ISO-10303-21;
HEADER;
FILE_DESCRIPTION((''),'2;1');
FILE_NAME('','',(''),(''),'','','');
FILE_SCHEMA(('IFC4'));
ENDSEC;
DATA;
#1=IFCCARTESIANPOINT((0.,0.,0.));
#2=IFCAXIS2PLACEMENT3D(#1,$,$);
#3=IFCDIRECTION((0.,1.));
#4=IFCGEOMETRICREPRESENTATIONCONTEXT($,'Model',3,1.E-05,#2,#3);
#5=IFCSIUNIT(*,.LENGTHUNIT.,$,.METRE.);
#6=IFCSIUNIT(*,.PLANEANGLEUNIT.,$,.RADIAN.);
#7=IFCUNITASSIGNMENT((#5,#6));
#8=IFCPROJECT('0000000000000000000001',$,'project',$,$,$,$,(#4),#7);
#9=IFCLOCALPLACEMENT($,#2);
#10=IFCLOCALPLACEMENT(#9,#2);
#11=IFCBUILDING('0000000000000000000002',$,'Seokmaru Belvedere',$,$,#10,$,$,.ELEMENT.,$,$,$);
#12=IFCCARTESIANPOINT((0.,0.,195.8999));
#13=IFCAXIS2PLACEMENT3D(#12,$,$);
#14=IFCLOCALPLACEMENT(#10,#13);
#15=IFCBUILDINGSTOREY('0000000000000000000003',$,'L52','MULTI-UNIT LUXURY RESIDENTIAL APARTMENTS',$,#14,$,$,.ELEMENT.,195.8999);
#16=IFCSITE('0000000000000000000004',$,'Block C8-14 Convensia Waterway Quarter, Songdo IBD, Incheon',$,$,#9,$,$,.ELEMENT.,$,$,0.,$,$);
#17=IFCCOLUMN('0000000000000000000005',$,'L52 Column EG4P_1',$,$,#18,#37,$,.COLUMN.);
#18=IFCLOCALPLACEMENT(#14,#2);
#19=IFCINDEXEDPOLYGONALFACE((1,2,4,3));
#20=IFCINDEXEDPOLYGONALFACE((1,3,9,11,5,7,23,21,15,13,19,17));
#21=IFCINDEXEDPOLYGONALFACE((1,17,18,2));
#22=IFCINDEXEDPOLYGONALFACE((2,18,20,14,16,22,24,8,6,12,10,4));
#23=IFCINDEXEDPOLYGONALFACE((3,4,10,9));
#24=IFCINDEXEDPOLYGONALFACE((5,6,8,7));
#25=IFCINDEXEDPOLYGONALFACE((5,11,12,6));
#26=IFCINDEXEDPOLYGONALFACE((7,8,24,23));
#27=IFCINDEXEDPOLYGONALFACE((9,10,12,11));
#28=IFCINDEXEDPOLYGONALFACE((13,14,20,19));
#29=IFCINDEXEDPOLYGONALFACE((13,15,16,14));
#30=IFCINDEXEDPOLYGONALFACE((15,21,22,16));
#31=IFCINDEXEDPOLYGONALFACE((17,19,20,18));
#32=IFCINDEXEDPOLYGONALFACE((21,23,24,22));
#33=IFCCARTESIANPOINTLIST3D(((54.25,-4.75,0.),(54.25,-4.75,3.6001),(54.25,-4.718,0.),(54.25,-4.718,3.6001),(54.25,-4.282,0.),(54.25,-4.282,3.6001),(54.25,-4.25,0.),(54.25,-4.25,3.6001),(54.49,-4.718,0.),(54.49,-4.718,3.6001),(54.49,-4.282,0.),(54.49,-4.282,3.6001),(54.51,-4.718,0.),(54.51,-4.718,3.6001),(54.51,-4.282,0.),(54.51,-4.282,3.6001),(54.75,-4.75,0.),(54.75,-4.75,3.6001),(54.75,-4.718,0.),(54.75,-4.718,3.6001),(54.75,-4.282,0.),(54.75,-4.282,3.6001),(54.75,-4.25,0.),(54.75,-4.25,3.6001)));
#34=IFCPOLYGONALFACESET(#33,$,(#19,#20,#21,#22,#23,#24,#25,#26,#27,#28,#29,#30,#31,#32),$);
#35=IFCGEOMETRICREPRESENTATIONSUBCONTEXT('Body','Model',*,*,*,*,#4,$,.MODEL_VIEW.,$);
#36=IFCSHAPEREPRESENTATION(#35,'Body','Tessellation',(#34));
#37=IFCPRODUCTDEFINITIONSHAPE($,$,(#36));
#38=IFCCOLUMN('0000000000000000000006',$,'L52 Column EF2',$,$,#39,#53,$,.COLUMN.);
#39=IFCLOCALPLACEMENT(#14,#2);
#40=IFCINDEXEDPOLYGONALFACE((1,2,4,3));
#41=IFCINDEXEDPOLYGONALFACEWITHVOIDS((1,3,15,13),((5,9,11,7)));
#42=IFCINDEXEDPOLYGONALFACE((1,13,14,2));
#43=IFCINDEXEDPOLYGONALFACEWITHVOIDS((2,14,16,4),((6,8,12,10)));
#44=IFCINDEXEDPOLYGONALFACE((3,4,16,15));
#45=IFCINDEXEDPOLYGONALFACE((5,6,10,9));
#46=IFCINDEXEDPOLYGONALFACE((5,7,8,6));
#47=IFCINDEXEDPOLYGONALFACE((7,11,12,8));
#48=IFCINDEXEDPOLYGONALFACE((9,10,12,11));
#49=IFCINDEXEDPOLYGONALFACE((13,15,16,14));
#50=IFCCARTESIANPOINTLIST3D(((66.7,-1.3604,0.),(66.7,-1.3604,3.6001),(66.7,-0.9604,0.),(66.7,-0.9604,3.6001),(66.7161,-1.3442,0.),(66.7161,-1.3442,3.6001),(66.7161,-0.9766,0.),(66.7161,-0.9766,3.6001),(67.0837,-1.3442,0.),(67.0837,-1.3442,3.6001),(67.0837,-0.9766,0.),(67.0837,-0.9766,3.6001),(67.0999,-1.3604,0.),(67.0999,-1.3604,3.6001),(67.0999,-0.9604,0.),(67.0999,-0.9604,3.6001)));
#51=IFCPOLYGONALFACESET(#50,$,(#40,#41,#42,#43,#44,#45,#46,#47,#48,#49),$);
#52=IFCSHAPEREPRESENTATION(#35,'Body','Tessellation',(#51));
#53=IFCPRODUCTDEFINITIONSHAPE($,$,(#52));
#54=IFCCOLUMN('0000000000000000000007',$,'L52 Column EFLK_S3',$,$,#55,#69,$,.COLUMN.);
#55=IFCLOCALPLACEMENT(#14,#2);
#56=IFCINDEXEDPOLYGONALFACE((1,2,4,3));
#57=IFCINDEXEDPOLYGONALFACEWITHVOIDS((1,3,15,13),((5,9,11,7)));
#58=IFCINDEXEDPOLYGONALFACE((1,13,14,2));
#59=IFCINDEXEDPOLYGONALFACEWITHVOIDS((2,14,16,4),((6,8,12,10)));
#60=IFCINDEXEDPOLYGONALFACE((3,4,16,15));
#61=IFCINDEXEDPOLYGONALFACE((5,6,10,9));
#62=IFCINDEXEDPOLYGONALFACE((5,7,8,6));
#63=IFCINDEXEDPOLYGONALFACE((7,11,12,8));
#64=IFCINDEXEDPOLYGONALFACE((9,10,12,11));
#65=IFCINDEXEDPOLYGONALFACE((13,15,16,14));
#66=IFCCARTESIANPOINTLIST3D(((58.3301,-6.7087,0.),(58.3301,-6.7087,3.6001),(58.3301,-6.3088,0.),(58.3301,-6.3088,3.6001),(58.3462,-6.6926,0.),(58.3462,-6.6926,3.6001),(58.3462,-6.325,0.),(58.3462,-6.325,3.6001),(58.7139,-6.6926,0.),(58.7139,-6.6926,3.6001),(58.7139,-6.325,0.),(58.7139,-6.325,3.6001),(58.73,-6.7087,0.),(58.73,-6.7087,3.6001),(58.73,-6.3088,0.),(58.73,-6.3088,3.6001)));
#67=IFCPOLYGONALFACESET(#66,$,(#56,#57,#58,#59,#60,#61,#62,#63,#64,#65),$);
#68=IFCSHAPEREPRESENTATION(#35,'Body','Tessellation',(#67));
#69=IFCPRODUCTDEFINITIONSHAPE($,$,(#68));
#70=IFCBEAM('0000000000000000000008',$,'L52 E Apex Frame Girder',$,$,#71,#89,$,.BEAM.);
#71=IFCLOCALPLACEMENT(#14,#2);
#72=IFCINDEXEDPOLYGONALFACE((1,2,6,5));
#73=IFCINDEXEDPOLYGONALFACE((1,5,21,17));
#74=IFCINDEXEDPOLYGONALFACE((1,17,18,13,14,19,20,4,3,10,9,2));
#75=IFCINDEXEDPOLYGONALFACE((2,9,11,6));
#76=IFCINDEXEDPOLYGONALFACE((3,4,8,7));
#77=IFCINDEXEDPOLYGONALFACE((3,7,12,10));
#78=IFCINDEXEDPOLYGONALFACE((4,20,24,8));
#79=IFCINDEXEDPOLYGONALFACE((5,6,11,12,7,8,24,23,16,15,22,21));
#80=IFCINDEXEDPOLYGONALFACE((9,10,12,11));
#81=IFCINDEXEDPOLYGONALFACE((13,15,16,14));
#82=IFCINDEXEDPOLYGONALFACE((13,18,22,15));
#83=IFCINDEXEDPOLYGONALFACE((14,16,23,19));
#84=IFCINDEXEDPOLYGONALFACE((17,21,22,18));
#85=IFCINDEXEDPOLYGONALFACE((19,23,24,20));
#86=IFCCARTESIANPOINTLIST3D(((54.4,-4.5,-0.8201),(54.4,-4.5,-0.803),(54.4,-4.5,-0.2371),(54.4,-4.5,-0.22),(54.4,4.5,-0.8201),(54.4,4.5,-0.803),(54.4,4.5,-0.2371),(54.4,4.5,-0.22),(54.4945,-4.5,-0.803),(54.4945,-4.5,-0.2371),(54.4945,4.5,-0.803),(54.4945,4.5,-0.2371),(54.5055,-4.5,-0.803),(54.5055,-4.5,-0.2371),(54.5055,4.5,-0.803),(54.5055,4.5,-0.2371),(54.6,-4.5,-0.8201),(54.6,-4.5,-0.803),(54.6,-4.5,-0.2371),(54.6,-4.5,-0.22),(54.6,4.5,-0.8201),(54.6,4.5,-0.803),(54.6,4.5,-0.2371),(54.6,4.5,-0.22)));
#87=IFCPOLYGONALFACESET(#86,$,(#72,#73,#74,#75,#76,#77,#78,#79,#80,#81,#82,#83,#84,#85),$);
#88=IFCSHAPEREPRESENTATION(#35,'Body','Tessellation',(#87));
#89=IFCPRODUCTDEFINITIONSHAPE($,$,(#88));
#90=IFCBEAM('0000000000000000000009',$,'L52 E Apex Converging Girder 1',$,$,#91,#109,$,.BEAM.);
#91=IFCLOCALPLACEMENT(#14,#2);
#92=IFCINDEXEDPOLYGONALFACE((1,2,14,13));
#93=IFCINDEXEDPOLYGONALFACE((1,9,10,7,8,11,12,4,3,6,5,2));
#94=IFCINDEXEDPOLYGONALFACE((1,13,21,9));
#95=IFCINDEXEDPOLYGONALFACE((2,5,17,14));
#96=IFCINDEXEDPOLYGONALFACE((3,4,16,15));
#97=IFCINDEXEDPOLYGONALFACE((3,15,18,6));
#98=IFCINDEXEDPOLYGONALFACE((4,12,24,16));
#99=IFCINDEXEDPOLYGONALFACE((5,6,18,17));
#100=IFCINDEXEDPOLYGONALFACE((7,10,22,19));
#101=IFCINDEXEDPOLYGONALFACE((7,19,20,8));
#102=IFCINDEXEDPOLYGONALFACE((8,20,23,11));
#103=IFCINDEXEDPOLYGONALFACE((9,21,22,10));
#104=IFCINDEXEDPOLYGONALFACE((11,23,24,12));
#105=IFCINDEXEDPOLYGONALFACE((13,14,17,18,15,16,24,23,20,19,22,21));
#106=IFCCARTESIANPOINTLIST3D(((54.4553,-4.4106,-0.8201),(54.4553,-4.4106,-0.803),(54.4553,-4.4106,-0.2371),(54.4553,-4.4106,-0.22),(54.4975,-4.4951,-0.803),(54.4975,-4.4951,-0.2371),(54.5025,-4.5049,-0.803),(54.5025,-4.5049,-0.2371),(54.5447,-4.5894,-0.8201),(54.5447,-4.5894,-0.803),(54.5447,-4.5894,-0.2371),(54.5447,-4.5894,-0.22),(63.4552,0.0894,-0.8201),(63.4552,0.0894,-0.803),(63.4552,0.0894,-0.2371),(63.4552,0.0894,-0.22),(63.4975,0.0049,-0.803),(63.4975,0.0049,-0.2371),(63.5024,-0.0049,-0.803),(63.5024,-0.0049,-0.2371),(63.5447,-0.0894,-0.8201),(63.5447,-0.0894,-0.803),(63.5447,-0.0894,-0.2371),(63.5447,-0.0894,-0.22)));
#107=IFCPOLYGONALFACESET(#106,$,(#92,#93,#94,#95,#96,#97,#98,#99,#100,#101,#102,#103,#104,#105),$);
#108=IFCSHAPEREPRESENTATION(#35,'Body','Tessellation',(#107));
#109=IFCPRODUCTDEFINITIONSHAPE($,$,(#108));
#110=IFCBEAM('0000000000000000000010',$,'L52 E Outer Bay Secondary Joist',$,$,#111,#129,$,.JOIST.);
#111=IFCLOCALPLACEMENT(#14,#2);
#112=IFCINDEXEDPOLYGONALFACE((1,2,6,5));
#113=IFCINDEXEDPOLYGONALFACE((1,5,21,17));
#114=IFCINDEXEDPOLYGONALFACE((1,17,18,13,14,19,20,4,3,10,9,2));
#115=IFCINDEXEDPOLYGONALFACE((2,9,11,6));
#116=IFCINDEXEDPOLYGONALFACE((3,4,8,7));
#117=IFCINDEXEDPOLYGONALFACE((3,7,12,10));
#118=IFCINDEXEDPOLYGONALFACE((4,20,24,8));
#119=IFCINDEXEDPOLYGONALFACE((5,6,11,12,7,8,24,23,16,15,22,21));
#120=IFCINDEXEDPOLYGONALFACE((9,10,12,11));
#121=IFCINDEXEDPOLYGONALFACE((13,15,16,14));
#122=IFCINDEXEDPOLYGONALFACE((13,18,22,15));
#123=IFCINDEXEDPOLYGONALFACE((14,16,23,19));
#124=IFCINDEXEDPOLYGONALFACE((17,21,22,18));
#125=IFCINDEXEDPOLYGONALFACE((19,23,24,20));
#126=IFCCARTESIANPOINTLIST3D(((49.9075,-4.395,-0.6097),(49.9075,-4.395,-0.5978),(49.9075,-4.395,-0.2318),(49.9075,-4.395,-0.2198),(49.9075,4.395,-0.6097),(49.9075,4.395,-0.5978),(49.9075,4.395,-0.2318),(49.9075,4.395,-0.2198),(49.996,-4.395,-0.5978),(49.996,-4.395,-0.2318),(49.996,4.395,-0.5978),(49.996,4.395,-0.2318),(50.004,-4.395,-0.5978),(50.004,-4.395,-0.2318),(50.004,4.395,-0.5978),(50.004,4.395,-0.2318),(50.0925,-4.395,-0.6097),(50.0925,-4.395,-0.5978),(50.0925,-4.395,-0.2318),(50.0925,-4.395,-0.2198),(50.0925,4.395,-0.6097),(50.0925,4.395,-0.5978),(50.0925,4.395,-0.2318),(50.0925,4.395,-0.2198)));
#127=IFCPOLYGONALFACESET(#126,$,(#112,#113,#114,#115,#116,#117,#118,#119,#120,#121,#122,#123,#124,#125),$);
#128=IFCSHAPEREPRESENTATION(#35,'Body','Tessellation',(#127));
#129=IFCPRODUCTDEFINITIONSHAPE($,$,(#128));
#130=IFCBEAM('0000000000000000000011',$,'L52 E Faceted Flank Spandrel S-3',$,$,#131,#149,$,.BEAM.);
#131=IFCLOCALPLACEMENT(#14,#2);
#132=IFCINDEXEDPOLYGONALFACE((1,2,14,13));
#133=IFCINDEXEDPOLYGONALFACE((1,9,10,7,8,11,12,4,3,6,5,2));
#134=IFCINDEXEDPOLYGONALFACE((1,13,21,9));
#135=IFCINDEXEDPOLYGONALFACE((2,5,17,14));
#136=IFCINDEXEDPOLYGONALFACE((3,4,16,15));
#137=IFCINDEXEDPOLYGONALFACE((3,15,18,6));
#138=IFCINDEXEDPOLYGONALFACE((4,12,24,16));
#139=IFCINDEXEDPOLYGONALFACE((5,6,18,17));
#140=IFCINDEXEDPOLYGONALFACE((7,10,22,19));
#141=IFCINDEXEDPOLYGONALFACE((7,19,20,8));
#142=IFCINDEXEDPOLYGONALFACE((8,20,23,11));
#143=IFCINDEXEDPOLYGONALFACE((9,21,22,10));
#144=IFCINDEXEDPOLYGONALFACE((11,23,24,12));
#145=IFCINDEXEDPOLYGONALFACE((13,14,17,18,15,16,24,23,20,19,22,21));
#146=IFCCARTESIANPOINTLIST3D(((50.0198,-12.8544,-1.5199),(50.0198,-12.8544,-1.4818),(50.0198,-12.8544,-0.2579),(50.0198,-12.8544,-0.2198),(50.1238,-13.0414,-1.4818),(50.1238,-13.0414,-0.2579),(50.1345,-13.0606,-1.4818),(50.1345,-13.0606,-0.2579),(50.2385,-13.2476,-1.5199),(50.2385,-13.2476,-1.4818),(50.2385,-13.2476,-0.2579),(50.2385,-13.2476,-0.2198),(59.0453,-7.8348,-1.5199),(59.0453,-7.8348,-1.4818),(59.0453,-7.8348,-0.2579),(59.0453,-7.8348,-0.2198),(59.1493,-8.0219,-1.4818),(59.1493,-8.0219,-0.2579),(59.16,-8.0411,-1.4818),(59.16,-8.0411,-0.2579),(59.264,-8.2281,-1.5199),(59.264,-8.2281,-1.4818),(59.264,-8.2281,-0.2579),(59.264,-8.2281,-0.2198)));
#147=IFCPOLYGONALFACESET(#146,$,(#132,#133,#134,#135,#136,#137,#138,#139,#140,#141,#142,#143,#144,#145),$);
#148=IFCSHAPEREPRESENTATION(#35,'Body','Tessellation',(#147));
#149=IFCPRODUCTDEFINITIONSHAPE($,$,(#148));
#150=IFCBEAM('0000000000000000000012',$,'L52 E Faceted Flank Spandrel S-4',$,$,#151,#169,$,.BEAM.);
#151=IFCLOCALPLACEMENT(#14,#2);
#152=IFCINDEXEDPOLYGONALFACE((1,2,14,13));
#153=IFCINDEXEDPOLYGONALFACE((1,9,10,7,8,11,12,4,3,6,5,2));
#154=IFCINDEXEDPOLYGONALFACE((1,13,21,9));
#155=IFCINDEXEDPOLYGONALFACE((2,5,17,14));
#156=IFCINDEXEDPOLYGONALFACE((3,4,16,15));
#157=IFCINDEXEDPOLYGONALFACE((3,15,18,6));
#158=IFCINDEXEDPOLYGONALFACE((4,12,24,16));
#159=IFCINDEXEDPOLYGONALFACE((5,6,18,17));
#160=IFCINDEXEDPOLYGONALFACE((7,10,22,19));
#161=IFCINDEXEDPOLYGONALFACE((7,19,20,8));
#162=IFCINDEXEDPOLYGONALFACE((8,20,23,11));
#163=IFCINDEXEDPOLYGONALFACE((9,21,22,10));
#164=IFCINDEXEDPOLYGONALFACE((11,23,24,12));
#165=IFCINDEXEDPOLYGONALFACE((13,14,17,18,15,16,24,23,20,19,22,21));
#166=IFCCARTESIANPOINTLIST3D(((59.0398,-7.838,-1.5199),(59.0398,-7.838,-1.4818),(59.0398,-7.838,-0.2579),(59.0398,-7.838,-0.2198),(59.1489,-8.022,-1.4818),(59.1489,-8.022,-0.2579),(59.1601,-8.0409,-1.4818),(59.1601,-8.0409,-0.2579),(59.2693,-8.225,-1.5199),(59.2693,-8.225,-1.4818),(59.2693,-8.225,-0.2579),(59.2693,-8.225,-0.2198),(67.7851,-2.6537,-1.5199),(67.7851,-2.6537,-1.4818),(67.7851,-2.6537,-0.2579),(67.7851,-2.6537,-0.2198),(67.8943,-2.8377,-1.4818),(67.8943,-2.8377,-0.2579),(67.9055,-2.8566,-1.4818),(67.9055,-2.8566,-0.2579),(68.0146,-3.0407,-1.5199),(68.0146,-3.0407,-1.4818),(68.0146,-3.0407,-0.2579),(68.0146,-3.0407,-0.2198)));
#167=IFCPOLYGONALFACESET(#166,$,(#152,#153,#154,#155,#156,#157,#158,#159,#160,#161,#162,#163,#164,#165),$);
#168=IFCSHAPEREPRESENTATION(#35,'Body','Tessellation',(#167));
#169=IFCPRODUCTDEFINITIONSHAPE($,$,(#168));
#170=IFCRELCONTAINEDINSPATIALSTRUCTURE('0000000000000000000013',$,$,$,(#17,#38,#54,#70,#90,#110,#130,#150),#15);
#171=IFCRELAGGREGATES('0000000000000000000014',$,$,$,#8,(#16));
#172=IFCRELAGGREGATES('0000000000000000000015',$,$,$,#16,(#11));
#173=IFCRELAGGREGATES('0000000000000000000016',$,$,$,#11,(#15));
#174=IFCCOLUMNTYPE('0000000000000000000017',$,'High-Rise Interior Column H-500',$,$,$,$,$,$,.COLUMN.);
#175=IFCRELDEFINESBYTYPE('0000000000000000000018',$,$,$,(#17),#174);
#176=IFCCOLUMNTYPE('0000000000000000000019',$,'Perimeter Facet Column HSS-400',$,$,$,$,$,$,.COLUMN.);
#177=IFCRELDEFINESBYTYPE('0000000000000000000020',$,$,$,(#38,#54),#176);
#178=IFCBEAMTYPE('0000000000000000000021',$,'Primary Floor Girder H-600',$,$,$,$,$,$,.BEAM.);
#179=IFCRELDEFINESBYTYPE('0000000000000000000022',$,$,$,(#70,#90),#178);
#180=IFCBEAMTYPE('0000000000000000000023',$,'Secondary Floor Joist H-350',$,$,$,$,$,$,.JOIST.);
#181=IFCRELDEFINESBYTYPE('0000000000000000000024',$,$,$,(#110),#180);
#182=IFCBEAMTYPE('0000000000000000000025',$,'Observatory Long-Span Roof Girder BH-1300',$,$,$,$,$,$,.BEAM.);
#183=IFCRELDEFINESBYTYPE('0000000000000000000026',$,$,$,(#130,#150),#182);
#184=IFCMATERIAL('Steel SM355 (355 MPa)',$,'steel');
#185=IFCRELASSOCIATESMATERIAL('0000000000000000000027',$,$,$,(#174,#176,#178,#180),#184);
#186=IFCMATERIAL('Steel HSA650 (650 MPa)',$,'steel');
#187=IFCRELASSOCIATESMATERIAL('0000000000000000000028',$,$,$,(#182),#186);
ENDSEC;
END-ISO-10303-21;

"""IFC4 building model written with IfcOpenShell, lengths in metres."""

from ifc_helpers import new_model, si_unit, direction, frame, origin, origin_2d, place, context, subcontext, project, spatial, hollow_rectangle, i_section, extrude, source, transform, mapped, material, material_profile, profile_set, type_object, type_shapes, element, save


model = new_model("IFC4")

# Units and contexts
model_context = context("Model", 3, precision=1e-05, world=origin(), true_north=direction((0.0, 1.0)))
body_context = subcontext(model_context, "Body", "Model", "MODEL_VIEW")
ifc_project = project(units=[si_unit("LENGTHUNIT", "METRE"), si_unit("PLANEANGLEUNIT", "RADIAN")], contexts=[model_context])

# Site, building, storey
site_placement = place(None, origin())
site = spatial("IfcSite", under=ifc_project, at=site_placement, Name="Block C8-14 Convensia Waterway Quarter, Songdo IBD, Incheon", CompositionType="ELEMENT", RefElevation=0.0)
building_placement = place(site_placement, origin())
building = spatial("IfcBuilding", under=site, at=building_placement, Name="Seokmaru Belvedere", CompositionType="ELEMENT")
storey_placement = place(building_placement, frame((0.0, 0.0, 195.8999)))
storey = spatial("IfcBuildingStorey", under=building, at=storey_placement, Name="L52", Description="MULTI-UNIT LUXURY RESIDENTIAL APARTMENTS", CompositionType="ELEMENT", Elevation=195.8999)

# Columns
ifc_material_1 = material(Name="Steel SM355 (355 MPa)", Category="steel")
ifc_material_profile_1 = material_profile(ifc_material_1, i_section(OverallWidth=0.5, OverallDepth=0.5, WebThickness=0.02, FlangeThickness=0.032, at=origin_2d()), Name="H-500x500x20x32")
ifc_profile_set_1 = profile_set([ifc_material_profile_1], Name="Steel SM355 (355 MPa)")
column_type_1 = type_object("IfcColumnType", Name="High-Rise Interior Column H-500", PredefinedType="COLUMN", material=ifc_profile_set_1)
shared_shape_1 = source(origin(), body_context, "Body", "SweptSolid", [
    extrude(i_section(OverallWidth=0.5, OverallDepth=0.5, WebThickness=0.02, FlangeThickness=0.032, at=origin_2d()), origin(), (0.0, 0.0, 1.0), 3.6001),
])
type_shapes(column_type_1, [shared_shape_1])
column_placement = place(storey_placement, frame((54.5, -4.5, 0.0), z_axis=(0.0, 0.0, 1.0), x_axis=(1.0, 0.0, 0.0)))
element("IfcColumn", 1, at=column_placement, inside=storey, type_object=column_type_1, Name="L52 Column EG4P_1", PredefinedType="COLUMN", context=body_context, shape_type="MappedRepresentation", body=[
    mapped(shared_shape_1, transform((0.0, 0.0, 0.0), scale=1.0)),
])
ifc_material_profile_2 = material_profile(ifc_material_1, hollow_rectangle(XDim=0.3999, YDim=0.3999, WallThickness=0.0161, at=origin_2d()), Name="HSS-400x400x16")
ifc_profile_set_2 = profile_set([ifc_material_profile_2], Name="Steel SM355 (355 MPa)")
column_type_2 = type_object("IfcColumnType", Name="Perimeter Facet Column HSS-400", PredefinedType="COLUMN", material=ifc_profile_set_2)
shared_shape_2 = source(origin(), body_context, "Body", "SweptSolid", [
    extrude(hollow_rectangle(XDim=0.3999, YDim=0.3999, WallThickness=0.0161, at=origin_2d()), origin(), (0.0, 0.0, 1.0), 3.6001),
])
type_shapes(column_type_2, [shared_shape_2])
for number, where, z_axis, x_axis, name in (
    (2, (66.8999, -1.1604, 0.0), (0.0, 0.0, 1.0), (1.0, 0.0, 0.0), "L52 Column EF2"),
    (3, (58.53, -6.5088, 0.0), (0.0, 0.0, 1.0), (1.0, 0.0, 0.0), "L52 Column EFLK_S3"),
):
    element("IfcColumn", number, at=place(storey_placement, frame(where, z_axis=z_axis, x_axis=x_axis)), inside=storey, type_object=column_type_2, Name=name, PredefinedType="COLUMN", context=body_context, shape_type="MappedRepresentation", body=[
        mapped(shared_shape_2, transform((0.0, 0.0, 0.0), scale=1.0)),
    ])

# Beams
ifc_material_profile_3 = material_profile(ifc_material_1, i_section(OverallWidth=0.2, OverallDepth=0.6001, WebThickness=0.011, FlangeThickness=0.0171, at=origin_2d()), Name="H-600x200x11x17")
ifc_profile_set_3 = profile_set([ifc_material_profile_3], Name="Steel SM355 (355 MPa)")
beam_type_1 = type_object("IfcBeamType", Name="Primary Floor Girder H-600", PredefinedType="BEAM", material=ifc_profile_set_3)
shared_shape_3 = source(origin(), body_context, "Body", "SweptSolid", [
    extrude(i_section(OverallWidth=0.2, OverallDepth=0.6001, WebThickness=0.011, FlangeThickness=0.0171, at=origin_2d()), origin(), (0.0, 0.0, 1.0), 9.0),
])
beam_1_placement = place(storey_placement, frame((54.5, -4.5, -0.52), z_axis=(0.0, 1.0, 0.0), x_axis=(-1.0, 0.0, 0.0)))
element("IfcBeam", 4, at=beam_1_placement, inside=storey, type_object=beam_type_1, Name="L52 E Apex Frame Girder", PredefinedType="BEAM", context=body_context, shape_type="MappedRepresentation", body=[
    mapped(shared_shape_3, transform((0.0, 0.0, 0.0), scale=1.0)),
])
shared_shape_4 = source(origin(), body_context, "Body", "SweptSolid", [
    extrude(i_section(OverallWidth=0.2, OverallDepth=0.6001, WebThickness=0.011, FlangeThickness=0.0171, at=origin_2d()), origin(), (0.0, 0.0, 1.0), 10.0623),
])
type_shapes(beam_type_1, [shared_shape_3, shared_shape_4])
beam_2_placement = place(storey_placement, frame((54.5, -4.5, -0.52), z_axis=(0.894427, 0.447214, 0.0), x_axis=(-0.447214, 0.894427, 0.0)))
element("IfcBeam", 5, at=beam_2_placement, inside=storey, type_object=beam_type_1, Name="L52 E Apex Converging Girder 1", PredefinedType="BEAM", context=body_context, shape_type="MappedRepresentation", body=[
    mapped(shared_shape_4, transform((0.0, 0.0, 0.0), scale=1.0)),
])
ifc_material_profile_4 = material_profile(ifc_material_1, i_section(OverallWidth=0.1851, OverallDepth=0.3899, WebThickness=0.0081, FlangeThickness=0.012, at=origin_2d()), Name="H-390x185x8x12")
ifc_profile_set_4 = profile_set([ifc_material_profile_4], Name="Steel SM355 (355 MPa)")
beam_type_2 = type_object("IfcBeamType", Name="Secondary Floor Joist H-350", PredefinedType="JOIST", material=ifc_profile_set_4)
shared_shape_5 = source(origin(), body_context, "Body", "SweptSolid", [
    extrude(i_section(OverallWidth=0.1851, OverallDepth=0.3899, WebThickness=0.0081, FlangeThickness=0.012, at=origin_2d()), origin(), (0.0, 0.0, 1.0), 8.79),
])
type_shapes(beam_type_2, [shared_shape_5])
beam_3_placement = place(storey_placement, frame((50.0, -4.395, -0.4148), z_axis=(0.0, 1.0, 0.0), x_axis=(-1.0, 0.0, 0.0)))
element("IfcBeam", 6, at=beam_3_placement, inside=storey, type_object=beam_type_2, Name="L52 E Outer Bay Secondary Joist", PredefinedType="JOIST", context=body_context, shape_type="MappedRepresentation", body=[
    mapped(shared_shape_5, transform((0.0, 0.0, 0.0), scale=1.0)),
])
ifc_material_2 = material(Name="Steel HSA650 (650 MPa)", Category="steel")
ifc_material_profile_5 = material_profile(ifc_material_2, i_section(OverallWidth=0.45, OverallDepth=1.3, WebThickness=0.022, FlangeThickness=0.0381, at=origin_2d()), Name="BH-1300x450x22x38")
ifc_profile_set_5 = profile_set([ifc_material_profile_5], Name="Steel HSA650 (650 MPa)")
beam_type_3 = type_object("IfcBeamType", Name="Observatory Long-Span Roof Girder BH-1300", PredefinedType="BEAM", material=ifc_profile_set_5)
shared_shape_6 = source(origin(), body_context, "Body", "SweptSolid", [
    extrude(i_section(OverallWidth=0.45, OverallDepth=1.3, WebThickness=0.022, FlangeThickness=0.0381, at=origin_2d()), origin(), (0.0, 0.0, 1.0), 10.3274),
])
beam_4_placement = place(storey_placement, frame((50.1292, -13.051, -0.8699), z_axis=(0.873934, 0.486044, 0.0), x_axis=(-0.486044, 0.873934, 0.0)))
element("IfcBeam", 7, at=beam_4_placement, inside=storey, type_object=beam_type_3, Name="L52 E Faceted Flank Spandrel S-3", PredefinedType="BEAM", context=body_context, shape_type="MappedRepresentation", body=[
    mapped(shared_shape_6, transform((0.0, 0.0, 0.0), scale=1.0)),
])
shared_shape_7 = source(origin(), body_context, "Body", "SweptSolid", [
    extrude(i_section(OverallWidth=0.45, OverallDepth=1.3, WebThickness=0.022, FlangeThickness=0.0381, at=origin_2d()), origin(), (0.0, 0.0, 1.0), 10.1665),
])
beam_5_placement = place(storey_placement, frame((59.1545, -8.0315, -0.8699), z_axis=(0.86021, 0.50994, 0.0), x_axis=(-0.50994, 0.86021, 0.0)))
element("IfcBeam", 8, at=beam_5_placement, inside=storey, type_object=beam_type_3, Name="L52 E Faceted Flank Spandrel S-4", PredefinedType="BEAM", context=body_context, shape_type="MappedRepresentation", body=[
    mapped(shared_shape_7, transform((0.0, 0.0, 0.0), scale=1.0)),
])

save(model, "model.ifc")
